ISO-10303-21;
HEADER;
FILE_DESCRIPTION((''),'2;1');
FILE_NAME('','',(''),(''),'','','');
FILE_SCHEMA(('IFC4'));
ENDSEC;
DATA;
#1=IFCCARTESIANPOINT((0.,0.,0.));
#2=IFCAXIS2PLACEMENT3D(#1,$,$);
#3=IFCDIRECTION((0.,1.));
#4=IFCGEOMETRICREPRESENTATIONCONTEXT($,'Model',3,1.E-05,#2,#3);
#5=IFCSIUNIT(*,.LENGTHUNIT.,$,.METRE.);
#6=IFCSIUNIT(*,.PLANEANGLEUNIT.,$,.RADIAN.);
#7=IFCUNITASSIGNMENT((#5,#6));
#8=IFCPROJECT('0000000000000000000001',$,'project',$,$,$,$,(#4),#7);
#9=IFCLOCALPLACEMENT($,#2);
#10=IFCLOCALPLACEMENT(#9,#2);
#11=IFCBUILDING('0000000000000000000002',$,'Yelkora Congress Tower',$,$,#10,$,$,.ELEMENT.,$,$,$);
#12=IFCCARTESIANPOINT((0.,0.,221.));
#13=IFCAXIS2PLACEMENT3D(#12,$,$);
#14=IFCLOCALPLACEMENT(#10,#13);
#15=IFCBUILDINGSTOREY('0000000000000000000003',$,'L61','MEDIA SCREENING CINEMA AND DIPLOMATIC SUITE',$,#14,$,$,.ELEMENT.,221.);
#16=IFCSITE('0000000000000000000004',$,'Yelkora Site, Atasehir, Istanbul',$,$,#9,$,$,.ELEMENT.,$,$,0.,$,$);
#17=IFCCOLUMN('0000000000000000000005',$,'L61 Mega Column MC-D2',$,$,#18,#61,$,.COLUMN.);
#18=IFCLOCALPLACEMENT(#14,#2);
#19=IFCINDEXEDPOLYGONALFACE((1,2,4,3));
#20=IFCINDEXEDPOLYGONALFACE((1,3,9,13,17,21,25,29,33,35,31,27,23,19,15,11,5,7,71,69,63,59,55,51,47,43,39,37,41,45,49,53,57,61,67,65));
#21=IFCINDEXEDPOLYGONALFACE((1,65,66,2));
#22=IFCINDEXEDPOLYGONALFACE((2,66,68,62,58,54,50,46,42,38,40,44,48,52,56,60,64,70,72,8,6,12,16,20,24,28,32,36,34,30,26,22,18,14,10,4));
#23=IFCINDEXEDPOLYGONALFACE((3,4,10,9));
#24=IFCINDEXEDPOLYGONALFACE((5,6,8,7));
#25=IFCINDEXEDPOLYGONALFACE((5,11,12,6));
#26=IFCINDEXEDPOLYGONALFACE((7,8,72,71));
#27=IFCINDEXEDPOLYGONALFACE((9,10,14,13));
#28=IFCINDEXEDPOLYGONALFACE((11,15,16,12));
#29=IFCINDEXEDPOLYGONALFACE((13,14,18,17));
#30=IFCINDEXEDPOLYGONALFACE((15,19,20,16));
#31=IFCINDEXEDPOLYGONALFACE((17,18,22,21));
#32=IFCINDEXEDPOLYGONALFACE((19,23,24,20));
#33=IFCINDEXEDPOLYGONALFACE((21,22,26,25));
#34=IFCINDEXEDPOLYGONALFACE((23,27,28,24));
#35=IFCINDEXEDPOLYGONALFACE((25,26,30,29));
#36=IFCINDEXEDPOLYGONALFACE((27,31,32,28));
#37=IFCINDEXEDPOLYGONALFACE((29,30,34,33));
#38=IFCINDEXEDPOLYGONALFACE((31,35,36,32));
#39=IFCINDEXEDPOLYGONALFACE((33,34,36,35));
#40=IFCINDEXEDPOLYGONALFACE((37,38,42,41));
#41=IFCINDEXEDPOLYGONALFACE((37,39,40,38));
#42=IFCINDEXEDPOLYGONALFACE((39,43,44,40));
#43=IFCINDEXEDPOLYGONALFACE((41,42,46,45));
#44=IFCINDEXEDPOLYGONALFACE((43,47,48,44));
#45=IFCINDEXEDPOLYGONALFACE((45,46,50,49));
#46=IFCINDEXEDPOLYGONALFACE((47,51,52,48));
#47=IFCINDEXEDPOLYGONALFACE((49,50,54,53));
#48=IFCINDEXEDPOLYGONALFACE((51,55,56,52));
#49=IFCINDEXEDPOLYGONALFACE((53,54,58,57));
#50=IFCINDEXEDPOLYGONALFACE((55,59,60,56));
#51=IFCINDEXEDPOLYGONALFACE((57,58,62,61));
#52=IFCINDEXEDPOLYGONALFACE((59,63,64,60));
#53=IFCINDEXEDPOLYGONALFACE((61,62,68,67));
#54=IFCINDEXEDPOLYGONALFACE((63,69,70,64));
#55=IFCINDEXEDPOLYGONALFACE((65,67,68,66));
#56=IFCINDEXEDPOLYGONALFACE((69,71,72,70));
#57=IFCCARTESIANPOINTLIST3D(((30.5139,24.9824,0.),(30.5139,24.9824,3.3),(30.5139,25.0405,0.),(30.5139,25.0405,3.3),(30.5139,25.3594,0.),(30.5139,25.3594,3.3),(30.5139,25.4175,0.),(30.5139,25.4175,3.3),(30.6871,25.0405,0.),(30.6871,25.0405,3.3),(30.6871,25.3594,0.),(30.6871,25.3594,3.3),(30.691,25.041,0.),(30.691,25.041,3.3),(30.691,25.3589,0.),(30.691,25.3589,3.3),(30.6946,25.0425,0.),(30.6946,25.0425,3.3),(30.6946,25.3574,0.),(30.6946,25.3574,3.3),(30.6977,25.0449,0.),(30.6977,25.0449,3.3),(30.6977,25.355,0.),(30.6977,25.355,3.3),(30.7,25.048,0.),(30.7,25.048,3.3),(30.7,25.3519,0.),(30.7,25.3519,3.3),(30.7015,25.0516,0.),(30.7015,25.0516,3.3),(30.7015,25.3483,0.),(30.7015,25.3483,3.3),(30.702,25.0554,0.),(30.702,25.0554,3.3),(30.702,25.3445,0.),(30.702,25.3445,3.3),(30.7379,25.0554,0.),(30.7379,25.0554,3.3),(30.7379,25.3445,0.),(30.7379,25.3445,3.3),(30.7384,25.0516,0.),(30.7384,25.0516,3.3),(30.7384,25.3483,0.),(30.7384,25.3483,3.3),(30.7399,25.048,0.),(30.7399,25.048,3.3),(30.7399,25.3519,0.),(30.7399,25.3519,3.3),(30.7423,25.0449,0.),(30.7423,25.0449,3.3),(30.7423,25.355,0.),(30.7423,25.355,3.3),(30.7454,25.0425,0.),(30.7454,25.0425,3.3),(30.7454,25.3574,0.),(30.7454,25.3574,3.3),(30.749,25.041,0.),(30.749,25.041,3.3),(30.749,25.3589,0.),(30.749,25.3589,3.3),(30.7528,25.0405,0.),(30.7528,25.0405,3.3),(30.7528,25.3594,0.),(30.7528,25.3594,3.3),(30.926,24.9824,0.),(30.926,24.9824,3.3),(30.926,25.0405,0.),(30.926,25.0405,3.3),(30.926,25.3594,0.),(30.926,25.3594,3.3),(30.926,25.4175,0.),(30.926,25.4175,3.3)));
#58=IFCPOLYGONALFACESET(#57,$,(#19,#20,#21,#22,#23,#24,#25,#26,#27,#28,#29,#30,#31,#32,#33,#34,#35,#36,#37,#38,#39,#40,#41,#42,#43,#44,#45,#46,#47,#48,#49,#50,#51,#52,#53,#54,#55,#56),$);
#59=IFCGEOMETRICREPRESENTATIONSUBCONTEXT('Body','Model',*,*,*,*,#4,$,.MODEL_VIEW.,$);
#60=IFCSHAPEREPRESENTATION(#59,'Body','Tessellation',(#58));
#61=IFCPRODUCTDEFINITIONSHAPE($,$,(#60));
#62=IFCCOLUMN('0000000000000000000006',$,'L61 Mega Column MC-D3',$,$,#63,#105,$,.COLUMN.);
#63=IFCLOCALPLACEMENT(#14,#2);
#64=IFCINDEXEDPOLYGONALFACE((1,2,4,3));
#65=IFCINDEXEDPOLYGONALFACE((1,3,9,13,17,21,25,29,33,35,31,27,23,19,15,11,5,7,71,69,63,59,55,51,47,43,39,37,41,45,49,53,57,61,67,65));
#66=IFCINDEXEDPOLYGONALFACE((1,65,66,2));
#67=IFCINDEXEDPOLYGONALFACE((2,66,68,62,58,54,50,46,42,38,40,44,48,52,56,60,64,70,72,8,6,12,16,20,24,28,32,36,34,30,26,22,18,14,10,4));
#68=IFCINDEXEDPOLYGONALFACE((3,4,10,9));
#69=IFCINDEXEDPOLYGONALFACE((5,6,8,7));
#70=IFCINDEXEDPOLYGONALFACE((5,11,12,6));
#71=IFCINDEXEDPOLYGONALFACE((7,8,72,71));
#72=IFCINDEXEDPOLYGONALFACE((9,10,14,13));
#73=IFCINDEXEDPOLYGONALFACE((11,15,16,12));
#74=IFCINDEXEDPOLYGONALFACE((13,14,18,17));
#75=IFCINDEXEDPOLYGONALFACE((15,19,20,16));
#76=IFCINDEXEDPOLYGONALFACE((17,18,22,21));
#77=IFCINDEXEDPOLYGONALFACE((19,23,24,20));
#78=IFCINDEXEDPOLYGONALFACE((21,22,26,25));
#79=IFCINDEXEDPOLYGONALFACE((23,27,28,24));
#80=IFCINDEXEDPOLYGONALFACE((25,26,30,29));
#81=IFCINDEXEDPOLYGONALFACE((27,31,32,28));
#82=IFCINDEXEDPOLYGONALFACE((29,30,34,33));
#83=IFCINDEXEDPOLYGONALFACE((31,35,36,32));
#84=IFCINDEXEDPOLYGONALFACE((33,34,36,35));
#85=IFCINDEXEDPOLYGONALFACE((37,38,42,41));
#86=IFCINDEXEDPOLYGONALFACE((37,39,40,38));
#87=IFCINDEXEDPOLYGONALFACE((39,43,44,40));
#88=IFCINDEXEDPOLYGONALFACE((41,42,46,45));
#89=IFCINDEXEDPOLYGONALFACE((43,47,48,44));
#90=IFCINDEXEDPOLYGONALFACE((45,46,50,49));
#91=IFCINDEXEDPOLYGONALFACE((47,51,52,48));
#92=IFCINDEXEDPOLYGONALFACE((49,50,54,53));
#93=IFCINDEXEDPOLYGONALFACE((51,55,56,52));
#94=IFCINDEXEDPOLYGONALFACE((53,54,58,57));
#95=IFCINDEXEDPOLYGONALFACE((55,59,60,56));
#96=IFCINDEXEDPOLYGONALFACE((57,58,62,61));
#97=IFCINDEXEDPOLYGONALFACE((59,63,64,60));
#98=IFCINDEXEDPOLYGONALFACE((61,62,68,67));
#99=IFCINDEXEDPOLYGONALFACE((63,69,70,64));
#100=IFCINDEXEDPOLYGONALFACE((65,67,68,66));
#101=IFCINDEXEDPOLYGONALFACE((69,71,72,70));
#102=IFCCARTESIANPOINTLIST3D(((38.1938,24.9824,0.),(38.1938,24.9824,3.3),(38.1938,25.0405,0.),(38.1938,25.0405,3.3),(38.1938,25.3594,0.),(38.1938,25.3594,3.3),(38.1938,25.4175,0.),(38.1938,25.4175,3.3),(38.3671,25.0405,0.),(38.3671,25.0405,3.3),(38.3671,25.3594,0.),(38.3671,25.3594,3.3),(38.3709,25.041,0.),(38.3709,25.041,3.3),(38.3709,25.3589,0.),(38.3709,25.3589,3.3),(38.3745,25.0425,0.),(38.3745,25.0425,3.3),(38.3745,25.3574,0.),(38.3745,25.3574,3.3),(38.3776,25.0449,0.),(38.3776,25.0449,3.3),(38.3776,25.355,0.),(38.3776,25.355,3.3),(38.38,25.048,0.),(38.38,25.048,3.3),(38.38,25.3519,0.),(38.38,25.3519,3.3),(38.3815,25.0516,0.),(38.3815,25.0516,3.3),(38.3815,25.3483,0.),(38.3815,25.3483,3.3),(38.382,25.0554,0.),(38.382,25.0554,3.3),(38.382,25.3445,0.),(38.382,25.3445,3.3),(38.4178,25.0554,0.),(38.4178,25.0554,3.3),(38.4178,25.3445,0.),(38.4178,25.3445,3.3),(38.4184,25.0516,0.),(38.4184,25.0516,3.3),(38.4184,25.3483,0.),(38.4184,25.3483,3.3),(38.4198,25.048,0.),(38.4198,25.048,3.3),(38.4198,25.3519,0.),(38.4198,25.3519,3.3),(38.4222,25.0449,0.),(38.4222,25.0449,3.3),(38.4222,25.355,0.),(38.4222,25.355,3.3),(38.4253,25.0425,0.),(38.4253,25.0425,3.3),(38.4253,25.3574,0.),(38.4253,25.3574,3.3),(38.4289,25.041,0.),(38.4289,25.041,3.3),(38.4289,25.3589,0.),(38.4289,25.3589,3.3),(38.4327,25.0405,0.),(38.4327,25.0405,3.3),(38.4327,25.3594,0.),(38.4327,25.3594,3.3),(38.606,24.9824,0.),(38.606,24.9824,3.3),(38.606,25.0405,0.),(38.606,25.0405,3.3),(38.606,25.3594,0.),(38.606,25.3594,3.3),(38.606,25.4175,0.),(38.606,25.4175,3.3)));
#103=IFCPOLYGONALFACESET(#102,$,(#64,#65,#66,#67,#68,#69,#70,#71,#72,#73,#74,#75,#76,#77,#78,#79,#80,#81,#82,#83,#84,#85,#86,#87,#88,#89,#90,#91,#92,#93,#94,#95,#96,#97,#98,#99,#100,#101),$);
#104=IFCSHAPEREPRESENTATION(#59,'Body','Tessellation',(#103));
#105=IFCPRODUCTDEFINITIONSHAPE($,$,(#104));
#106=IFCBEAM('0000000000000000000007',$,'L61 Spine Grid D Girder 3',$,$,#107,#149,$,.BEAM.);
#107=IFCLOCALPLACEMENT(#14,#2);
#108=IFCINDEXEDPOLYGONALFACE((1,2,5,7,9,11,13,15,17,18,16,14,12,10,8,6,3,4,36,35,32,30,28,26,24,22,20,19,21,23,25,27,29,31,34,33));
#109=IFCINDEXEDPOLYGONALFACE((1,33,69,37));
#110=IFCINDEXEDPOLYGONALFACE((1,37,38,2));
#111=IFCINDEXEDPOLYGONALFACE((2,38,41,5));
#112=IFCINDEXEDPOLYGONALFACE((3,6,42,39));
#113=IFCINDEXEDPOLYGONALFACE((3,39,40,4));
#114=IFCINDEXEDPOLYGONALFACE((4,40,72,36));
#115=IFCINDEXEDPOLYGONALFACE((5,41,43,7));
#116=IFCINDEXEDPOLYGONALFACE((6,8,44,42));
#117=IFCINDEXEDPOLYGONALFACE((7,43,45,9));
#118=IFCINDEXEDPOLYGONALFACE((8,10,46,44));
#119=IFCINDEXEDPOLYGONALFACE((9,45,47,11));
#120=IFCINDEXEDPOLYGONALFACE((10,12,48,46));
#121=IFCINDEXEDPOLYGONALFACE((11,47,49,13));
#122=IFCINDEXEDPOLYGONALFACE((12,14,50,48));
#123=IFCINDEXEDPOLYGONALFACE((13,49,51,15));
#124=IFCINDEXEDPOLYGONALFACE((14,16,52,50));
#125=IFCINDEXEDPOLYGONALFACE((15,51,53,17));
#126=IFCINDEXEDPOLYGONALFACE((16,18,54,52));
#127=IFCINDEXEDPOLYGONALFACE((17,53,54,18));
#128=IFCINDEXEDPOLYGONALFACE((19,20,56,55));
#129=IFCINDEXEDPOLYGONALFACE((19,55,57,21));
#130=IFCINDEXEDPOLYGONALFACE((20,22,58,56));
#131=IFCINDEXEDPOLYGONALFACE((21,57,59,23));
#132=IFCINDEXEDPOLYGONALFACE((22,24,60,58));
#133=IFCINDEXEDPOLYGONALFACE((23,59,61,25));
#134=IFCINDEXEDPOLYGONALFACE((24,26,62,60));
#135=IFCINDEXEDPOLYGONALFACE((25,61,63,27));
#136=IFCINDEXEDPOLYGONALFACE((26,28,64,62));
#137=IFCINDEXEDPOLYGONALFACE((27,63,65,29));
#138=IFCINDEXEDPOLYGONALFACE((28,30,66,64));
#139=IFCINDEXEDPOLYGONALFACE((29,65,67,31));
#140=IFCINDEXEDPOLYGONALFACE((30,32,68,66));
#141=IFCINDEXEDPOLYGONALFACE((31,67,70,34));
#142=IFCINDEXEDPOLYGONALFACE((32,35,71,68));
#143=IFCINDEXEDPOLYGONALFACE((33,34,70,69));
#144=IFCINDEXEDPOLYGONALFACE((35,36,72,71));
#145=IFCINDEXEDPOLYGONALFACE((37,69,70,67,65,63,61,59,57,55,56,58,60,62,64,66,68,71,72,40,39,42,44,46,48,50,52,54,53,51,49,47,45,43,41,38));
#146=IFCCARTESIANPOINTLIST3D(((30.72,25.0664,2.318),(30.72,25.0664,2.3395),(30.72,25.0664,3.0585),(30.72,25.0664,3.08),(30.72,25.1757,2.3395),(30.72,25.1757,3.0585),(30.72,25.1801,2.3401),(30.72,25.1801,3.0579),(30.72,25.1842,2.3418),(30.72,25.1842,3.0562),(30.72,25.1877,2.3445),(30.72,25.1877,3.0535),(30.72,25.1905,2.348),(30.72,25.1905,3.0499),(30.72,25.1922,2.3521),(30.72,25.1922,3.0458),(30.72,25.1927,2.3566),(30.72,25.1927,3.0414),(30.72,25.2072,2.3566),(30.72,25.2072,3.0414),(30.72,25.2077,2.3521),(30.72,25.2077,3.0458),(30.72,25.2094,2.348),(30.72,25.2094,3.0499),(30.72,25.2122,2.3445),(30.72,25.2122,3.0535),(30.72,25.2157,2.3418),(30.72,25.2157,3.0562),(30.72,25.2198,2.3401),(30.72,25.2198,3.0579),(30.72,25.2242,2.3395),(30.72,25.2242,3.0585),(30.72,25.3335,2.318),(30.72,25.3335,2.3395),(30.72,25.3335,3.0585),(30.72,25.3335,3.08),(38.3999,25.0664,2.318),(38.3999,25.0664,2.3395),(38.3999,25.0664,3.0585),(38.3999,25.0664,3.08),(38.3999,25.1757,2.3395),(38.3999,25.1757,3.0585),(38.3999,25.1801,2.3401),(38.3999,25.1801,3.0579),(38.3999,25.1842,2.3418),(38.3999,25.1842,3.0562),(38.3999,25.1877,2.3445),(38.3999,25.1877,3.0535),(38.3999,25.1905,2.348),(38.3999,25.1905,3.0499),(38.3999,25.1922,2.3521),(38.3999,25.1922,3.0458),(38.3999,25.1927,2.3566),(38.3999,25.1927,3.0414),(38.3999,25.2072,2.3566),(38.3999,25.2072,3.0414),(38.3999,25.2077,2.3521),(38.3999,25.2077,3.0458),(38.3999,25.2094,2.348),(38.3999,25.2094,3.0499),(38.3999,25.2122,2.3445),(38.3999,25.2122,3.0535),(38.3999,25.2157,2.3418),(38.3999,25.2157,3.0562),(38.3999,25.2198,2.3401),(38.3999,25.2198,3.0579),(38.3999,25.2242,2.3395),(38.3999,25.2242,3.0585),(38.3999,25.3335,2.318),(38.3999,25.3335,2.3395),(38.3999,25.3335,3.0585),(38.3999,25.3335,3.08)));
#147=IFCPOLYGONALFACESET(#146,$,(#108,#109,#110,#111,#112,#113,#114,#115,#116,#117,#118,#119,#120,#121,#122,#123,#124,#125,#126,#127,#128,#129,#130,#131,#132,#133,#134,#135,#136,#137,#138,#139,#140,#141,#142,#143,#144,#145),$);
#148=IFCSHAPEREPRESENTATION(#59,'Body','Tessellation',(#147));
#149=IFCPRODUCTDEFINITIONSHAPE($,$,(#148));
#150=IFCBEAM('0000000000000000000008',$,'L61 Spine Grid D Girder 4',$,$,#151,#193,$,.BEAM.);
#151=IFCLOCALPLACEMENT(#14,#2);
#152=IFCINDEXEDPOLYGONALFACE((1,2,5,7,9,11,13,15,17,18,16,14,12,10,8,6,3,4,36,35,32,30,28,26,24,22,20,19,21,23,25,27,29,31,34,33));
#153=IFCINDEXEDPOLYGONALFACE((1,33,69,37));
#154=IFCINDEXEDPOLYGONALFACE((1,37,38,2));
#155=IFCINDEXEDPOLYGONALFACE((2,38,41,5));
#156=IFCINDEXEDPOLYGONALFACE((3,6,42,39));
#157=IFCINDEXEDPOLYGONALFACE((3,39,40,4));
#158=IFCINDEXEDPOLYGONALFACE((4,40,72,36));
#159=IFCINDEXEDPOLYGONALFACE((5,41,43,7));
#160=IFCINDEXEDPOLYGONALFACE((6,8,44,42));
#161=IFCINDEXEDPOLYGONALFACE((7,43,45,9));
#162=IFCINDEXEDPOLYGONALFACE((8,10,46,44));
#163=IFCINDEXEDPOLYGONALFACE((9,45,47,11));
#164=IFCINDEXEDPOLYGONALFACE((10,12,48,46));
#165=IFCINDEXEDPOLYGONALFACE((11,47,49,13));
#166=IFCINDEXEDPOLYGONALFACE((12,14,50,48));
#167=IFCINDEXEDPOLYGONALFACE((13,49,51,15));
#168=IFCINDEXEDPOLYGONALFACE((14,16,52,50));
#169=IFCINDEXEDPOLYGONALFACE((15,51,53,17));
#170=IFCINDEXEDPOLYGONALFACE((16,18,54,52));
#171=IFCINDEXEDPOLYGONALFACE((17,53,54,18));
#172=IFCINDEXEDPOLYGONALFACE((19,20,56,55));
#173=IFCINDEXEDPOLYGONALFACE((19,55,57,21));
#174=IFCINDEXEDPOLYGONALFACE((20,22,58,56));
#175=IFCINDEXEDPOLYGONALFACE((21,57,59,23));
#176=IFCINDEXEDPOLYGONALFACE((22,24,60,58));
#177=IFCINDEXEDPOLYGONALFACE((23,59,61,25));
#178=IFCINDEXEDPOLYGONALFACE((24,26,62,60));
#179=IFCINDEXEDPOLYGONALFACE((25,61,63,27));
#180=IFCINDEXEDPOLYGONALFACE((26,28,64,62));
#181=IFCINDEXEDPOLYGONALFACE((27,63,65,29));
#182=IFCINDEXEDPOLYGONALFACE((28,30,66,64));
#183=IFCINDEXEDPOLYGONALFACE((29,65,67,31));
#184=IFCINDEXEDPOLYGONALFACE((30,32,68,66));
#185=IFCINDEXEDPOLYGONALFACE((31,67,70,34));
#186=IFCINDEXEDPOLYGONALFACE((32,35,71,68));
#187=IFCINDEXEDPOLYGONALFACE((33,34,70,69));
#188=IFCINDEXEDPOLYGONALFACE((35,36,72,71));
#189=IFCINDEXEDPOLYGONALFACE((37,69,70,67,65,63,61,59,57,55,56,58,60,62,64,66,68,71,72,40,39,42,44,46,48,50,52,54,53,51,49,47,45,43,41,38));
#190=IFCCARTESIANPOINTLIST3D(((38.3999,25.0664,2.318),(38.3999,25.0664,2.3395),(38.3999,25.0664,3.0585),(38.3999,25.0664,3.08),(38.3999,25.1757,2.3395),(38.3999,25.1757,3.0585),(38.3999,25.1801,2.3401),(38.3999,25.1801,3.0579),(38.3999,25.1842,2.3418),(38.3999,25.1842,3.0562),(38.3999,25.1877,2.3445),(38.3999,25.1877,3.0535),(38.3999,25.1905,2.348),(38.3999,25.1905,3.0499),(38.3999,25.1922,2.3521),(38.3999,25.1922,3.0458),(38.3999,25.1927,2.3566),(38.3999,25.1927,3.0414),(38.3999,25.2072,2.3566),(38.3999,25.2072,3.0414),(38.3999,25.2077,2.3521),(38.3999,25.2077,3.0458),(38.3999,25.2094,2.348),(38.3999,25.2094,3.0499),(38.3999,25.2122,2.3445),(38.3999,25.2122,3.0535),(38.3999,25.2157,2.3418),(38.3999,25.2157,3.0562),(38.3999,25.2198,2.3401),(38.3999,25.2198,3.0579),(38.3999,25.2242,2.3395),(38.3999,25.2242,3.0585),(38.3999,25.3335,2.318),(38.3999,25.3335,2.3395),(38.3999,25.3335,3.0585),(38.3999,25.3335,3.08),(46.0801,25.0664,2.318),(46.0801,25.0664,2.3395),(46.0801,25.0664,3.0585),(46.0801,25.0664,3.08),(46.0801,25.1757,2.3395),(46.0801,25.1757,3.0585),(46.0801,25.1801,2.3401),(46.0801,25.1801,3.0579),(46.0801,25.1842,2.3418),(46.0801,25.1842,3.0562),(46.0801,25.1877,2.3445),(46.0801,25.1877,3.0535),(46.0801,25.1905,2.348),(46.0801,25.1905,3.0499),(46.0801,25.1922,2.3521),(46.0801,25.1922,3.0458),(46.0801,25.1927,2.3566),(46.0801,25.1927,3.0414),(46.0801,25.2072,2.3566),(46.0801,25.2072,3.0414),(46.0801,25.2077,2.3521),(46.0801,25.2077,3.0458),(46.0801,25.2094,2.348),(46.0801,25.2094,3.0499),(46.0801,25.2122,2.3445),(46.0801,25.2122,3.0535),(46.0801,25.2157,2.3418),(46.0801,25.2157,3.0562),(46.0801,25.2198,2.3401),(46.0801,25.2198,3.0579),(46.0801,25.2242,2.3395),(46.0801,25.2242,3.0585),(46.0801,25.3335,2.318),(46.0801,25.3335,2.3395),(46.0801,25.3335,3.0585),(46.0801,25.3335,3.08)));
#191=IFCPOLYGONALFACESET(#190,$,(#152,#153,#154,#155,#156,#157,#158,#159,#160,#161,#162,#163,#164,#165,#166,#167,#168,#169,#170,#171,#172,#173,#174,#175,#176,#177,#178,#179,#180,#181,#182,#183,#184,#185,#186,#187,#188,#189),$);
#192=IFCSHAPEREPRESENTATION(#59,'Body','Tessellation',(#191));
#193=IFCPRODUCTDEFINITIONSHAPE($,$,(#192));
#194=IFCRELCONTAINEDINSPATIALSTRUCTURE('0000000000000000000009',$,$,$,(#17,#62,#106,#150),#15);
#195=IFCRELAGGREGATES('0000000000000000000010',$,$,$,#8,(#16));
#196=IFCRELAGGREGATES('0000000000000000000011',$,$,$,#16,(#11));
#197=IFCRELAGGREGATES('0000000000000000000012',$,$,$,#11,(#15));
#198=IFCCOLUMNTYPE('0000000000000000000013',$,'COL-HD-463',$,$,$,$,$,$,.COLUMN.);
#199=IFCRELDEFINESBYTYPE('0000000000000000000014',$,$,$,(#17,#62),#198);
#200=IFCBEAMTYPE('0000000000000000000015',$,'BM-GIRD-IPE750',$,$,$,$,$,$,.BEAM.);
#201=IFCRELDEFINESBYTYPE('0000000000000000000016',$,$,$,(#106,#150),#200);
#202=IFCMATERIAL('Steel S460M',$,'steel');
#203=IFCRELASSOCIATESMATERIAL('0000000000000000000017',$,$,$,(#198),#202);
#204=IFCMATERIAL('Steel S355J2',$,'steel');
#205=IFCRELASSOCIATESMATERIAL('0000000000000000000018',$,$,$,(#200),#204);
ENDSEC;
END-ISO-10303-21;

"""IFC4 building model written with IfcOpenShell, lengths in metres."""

from ifc_helpers import new_model, si_unit, direction, frame, origin, origin_2d, place, context, subcontext, project, spatial, i_section, extrude, material, material_profile, profile_set, type_object, element, save


model = new_model("IFC4")

# Units and contexts
model_context = context("Model", 3, precision=1e-05, world=origin(), true_north=direction((0.0, 1.0)))
body_context = subcontext(model_context, "Body", "Model", "MODEL_VIEW")
ifc_project = project(units=[si_unit("LENGTHUNIT", "METRE"), si_unit("PLANEANGLEUNIT", "RADIAN")], contexts=[model_context])

# Site, building, storey
site_placement = place(None, origin())
site = spatial("IfcSite", under=ifc_project, at=site_placement, Name="Yelkora Site, Atasehir, Istanbul", CompositionType="ELEMENT", RefElevation=0.0)
building_placement = place(site_placement, origin())
building = spatial("IfcBuilding", under=site, at=building_placement, Name="Yelkora Congress Tower", CompositionType="ELEMENT")
storey_placement = place(building_placement, frame((0.0, 0.0, 221.0)))
storey = spatial("IfcBuildingStorey", under=building, at=storey_placement, Name="L61", Description="MEDIA SCREENING CINEMA AND DIPLOMATIC SUITE", CompositionType="ELEMENT", Elevation=221.0)

# Columns
ifc_material_1 = material(Name="Steel S460M", Category="steel")
ifc_material_profile_1 = material_profile(ifc_material_1, i_section(OverallWidth=0.4121, OverallDepth=0.4351, WebThickness=0.0359, FlangeThickness=0.0581, FilletRadius=0.0149, at=origin_2d()), Name="HD 400x463")
ifc_profile_set_1 = profile_set([ifc_material_profile_1], Name="Steel S460M")
column_type = type_object("IfcColumnType", Name="COL-HD-463", PredefinedType="COLUMN", material=ifc_profile_set_1)
for number, where, z_axis, x_axis, name in (
    (1, (30.72, 25.2, 0.0), (0.0, 0.0, 1.0), (1.0, 0.0, 0.0), "L61 Mega Column MC-D2"),
    (2, (38.3999, 25.2, 0.0), (0.0, 0.0, 1.0), (1.0, 0.0, 0.0), "L61 Mega Column MC-D3"),
):
    element("IfcColumn", number, at=place(storey_placement, frame(where, z_axis=z_axis, x_axis=x_axis)), inside=storey, type_object=column_type, Name=name, PredefinedType="COLUMN", context=body_context, shape_type="SweptSolid", body=[
        extrude(i_section(OverallWidth=0.4121, OverallDepth=0.4351, WebThickness=0.0359, FlangeThickness=0.0581, FilletRadius=0.0149, at=origin_2d()), origin(), (0.0, 0.0, 1.0), 3.3),
    ])

# Beams
ifc_material_2 = material(Name="Steel S355J2", Category="steel")
ifc_material_profile_2 = material_profile(ifc_material_2, i_section(OverallWidth=0.2671, OverallDepth=0.762, WebThickness=0.0144, FlangeThickness=0.0215, FilletRadius=0.0171, at=origin_2d()), Name="IPE 750x173")
ifc_profile_set_2 = profile_set([ifc_material_profile_2], Name="Steel S355J2")
beam_type_1 = type_object("IfcBeamType", Name="BM-GIRD-IPE750", PredefinedType="BEAM", material=ifc_profile_set_2)
beam_1_placement = place(storey_placement, frame((30.72, 25.2, 2.699), z_axis=(1.0, 0.0, 0.0), x_axis=(0.0, 1.0, 0.0)))
element("IfcBeam", 3, at=beam_1_placement, inside=storey, type_object=beam_type_1, Name="L61 Spine Grid D Girder 3", PredefinedType="BEAM", context=body_context, shape_type="SweptSolid", body=[
    extrude(i_section(OverallWidth=0.2671, OverallDepth=0.762, WebThickness=0.0144, FlangeThickness=0.0215, FilletRadius=0.0171, at=origin_2d()), origin(), (0.0, 0.0, 1.0), 7.6799),
])
beam_2_placement = place(storey_placement, frame((38.3999, 25.2, 2.699), z_axis=(1.0, 0.0, 0.0), x_axis=(0.0, 1.0, 0.0)))
element("IfcBeam", 4, at=beam_2_placement, inside=storey, type_object=beam_type_1, Name="L61 Spine Grid D Girder 4", PredefinedType="BEAM", context=body_context, shape_type="SweptSolid", body=[
    extrude(i_section(OverallWidth=0.2671, OverallDepth=0.762, WebThickness=0.0144, FlangeThickness=0.0215, FilletRadius=0.0171, at=origin_2d()), origin(), (0.0, 0.0, 1.0), 7.6802),
])

save(model, "model.ifc")
